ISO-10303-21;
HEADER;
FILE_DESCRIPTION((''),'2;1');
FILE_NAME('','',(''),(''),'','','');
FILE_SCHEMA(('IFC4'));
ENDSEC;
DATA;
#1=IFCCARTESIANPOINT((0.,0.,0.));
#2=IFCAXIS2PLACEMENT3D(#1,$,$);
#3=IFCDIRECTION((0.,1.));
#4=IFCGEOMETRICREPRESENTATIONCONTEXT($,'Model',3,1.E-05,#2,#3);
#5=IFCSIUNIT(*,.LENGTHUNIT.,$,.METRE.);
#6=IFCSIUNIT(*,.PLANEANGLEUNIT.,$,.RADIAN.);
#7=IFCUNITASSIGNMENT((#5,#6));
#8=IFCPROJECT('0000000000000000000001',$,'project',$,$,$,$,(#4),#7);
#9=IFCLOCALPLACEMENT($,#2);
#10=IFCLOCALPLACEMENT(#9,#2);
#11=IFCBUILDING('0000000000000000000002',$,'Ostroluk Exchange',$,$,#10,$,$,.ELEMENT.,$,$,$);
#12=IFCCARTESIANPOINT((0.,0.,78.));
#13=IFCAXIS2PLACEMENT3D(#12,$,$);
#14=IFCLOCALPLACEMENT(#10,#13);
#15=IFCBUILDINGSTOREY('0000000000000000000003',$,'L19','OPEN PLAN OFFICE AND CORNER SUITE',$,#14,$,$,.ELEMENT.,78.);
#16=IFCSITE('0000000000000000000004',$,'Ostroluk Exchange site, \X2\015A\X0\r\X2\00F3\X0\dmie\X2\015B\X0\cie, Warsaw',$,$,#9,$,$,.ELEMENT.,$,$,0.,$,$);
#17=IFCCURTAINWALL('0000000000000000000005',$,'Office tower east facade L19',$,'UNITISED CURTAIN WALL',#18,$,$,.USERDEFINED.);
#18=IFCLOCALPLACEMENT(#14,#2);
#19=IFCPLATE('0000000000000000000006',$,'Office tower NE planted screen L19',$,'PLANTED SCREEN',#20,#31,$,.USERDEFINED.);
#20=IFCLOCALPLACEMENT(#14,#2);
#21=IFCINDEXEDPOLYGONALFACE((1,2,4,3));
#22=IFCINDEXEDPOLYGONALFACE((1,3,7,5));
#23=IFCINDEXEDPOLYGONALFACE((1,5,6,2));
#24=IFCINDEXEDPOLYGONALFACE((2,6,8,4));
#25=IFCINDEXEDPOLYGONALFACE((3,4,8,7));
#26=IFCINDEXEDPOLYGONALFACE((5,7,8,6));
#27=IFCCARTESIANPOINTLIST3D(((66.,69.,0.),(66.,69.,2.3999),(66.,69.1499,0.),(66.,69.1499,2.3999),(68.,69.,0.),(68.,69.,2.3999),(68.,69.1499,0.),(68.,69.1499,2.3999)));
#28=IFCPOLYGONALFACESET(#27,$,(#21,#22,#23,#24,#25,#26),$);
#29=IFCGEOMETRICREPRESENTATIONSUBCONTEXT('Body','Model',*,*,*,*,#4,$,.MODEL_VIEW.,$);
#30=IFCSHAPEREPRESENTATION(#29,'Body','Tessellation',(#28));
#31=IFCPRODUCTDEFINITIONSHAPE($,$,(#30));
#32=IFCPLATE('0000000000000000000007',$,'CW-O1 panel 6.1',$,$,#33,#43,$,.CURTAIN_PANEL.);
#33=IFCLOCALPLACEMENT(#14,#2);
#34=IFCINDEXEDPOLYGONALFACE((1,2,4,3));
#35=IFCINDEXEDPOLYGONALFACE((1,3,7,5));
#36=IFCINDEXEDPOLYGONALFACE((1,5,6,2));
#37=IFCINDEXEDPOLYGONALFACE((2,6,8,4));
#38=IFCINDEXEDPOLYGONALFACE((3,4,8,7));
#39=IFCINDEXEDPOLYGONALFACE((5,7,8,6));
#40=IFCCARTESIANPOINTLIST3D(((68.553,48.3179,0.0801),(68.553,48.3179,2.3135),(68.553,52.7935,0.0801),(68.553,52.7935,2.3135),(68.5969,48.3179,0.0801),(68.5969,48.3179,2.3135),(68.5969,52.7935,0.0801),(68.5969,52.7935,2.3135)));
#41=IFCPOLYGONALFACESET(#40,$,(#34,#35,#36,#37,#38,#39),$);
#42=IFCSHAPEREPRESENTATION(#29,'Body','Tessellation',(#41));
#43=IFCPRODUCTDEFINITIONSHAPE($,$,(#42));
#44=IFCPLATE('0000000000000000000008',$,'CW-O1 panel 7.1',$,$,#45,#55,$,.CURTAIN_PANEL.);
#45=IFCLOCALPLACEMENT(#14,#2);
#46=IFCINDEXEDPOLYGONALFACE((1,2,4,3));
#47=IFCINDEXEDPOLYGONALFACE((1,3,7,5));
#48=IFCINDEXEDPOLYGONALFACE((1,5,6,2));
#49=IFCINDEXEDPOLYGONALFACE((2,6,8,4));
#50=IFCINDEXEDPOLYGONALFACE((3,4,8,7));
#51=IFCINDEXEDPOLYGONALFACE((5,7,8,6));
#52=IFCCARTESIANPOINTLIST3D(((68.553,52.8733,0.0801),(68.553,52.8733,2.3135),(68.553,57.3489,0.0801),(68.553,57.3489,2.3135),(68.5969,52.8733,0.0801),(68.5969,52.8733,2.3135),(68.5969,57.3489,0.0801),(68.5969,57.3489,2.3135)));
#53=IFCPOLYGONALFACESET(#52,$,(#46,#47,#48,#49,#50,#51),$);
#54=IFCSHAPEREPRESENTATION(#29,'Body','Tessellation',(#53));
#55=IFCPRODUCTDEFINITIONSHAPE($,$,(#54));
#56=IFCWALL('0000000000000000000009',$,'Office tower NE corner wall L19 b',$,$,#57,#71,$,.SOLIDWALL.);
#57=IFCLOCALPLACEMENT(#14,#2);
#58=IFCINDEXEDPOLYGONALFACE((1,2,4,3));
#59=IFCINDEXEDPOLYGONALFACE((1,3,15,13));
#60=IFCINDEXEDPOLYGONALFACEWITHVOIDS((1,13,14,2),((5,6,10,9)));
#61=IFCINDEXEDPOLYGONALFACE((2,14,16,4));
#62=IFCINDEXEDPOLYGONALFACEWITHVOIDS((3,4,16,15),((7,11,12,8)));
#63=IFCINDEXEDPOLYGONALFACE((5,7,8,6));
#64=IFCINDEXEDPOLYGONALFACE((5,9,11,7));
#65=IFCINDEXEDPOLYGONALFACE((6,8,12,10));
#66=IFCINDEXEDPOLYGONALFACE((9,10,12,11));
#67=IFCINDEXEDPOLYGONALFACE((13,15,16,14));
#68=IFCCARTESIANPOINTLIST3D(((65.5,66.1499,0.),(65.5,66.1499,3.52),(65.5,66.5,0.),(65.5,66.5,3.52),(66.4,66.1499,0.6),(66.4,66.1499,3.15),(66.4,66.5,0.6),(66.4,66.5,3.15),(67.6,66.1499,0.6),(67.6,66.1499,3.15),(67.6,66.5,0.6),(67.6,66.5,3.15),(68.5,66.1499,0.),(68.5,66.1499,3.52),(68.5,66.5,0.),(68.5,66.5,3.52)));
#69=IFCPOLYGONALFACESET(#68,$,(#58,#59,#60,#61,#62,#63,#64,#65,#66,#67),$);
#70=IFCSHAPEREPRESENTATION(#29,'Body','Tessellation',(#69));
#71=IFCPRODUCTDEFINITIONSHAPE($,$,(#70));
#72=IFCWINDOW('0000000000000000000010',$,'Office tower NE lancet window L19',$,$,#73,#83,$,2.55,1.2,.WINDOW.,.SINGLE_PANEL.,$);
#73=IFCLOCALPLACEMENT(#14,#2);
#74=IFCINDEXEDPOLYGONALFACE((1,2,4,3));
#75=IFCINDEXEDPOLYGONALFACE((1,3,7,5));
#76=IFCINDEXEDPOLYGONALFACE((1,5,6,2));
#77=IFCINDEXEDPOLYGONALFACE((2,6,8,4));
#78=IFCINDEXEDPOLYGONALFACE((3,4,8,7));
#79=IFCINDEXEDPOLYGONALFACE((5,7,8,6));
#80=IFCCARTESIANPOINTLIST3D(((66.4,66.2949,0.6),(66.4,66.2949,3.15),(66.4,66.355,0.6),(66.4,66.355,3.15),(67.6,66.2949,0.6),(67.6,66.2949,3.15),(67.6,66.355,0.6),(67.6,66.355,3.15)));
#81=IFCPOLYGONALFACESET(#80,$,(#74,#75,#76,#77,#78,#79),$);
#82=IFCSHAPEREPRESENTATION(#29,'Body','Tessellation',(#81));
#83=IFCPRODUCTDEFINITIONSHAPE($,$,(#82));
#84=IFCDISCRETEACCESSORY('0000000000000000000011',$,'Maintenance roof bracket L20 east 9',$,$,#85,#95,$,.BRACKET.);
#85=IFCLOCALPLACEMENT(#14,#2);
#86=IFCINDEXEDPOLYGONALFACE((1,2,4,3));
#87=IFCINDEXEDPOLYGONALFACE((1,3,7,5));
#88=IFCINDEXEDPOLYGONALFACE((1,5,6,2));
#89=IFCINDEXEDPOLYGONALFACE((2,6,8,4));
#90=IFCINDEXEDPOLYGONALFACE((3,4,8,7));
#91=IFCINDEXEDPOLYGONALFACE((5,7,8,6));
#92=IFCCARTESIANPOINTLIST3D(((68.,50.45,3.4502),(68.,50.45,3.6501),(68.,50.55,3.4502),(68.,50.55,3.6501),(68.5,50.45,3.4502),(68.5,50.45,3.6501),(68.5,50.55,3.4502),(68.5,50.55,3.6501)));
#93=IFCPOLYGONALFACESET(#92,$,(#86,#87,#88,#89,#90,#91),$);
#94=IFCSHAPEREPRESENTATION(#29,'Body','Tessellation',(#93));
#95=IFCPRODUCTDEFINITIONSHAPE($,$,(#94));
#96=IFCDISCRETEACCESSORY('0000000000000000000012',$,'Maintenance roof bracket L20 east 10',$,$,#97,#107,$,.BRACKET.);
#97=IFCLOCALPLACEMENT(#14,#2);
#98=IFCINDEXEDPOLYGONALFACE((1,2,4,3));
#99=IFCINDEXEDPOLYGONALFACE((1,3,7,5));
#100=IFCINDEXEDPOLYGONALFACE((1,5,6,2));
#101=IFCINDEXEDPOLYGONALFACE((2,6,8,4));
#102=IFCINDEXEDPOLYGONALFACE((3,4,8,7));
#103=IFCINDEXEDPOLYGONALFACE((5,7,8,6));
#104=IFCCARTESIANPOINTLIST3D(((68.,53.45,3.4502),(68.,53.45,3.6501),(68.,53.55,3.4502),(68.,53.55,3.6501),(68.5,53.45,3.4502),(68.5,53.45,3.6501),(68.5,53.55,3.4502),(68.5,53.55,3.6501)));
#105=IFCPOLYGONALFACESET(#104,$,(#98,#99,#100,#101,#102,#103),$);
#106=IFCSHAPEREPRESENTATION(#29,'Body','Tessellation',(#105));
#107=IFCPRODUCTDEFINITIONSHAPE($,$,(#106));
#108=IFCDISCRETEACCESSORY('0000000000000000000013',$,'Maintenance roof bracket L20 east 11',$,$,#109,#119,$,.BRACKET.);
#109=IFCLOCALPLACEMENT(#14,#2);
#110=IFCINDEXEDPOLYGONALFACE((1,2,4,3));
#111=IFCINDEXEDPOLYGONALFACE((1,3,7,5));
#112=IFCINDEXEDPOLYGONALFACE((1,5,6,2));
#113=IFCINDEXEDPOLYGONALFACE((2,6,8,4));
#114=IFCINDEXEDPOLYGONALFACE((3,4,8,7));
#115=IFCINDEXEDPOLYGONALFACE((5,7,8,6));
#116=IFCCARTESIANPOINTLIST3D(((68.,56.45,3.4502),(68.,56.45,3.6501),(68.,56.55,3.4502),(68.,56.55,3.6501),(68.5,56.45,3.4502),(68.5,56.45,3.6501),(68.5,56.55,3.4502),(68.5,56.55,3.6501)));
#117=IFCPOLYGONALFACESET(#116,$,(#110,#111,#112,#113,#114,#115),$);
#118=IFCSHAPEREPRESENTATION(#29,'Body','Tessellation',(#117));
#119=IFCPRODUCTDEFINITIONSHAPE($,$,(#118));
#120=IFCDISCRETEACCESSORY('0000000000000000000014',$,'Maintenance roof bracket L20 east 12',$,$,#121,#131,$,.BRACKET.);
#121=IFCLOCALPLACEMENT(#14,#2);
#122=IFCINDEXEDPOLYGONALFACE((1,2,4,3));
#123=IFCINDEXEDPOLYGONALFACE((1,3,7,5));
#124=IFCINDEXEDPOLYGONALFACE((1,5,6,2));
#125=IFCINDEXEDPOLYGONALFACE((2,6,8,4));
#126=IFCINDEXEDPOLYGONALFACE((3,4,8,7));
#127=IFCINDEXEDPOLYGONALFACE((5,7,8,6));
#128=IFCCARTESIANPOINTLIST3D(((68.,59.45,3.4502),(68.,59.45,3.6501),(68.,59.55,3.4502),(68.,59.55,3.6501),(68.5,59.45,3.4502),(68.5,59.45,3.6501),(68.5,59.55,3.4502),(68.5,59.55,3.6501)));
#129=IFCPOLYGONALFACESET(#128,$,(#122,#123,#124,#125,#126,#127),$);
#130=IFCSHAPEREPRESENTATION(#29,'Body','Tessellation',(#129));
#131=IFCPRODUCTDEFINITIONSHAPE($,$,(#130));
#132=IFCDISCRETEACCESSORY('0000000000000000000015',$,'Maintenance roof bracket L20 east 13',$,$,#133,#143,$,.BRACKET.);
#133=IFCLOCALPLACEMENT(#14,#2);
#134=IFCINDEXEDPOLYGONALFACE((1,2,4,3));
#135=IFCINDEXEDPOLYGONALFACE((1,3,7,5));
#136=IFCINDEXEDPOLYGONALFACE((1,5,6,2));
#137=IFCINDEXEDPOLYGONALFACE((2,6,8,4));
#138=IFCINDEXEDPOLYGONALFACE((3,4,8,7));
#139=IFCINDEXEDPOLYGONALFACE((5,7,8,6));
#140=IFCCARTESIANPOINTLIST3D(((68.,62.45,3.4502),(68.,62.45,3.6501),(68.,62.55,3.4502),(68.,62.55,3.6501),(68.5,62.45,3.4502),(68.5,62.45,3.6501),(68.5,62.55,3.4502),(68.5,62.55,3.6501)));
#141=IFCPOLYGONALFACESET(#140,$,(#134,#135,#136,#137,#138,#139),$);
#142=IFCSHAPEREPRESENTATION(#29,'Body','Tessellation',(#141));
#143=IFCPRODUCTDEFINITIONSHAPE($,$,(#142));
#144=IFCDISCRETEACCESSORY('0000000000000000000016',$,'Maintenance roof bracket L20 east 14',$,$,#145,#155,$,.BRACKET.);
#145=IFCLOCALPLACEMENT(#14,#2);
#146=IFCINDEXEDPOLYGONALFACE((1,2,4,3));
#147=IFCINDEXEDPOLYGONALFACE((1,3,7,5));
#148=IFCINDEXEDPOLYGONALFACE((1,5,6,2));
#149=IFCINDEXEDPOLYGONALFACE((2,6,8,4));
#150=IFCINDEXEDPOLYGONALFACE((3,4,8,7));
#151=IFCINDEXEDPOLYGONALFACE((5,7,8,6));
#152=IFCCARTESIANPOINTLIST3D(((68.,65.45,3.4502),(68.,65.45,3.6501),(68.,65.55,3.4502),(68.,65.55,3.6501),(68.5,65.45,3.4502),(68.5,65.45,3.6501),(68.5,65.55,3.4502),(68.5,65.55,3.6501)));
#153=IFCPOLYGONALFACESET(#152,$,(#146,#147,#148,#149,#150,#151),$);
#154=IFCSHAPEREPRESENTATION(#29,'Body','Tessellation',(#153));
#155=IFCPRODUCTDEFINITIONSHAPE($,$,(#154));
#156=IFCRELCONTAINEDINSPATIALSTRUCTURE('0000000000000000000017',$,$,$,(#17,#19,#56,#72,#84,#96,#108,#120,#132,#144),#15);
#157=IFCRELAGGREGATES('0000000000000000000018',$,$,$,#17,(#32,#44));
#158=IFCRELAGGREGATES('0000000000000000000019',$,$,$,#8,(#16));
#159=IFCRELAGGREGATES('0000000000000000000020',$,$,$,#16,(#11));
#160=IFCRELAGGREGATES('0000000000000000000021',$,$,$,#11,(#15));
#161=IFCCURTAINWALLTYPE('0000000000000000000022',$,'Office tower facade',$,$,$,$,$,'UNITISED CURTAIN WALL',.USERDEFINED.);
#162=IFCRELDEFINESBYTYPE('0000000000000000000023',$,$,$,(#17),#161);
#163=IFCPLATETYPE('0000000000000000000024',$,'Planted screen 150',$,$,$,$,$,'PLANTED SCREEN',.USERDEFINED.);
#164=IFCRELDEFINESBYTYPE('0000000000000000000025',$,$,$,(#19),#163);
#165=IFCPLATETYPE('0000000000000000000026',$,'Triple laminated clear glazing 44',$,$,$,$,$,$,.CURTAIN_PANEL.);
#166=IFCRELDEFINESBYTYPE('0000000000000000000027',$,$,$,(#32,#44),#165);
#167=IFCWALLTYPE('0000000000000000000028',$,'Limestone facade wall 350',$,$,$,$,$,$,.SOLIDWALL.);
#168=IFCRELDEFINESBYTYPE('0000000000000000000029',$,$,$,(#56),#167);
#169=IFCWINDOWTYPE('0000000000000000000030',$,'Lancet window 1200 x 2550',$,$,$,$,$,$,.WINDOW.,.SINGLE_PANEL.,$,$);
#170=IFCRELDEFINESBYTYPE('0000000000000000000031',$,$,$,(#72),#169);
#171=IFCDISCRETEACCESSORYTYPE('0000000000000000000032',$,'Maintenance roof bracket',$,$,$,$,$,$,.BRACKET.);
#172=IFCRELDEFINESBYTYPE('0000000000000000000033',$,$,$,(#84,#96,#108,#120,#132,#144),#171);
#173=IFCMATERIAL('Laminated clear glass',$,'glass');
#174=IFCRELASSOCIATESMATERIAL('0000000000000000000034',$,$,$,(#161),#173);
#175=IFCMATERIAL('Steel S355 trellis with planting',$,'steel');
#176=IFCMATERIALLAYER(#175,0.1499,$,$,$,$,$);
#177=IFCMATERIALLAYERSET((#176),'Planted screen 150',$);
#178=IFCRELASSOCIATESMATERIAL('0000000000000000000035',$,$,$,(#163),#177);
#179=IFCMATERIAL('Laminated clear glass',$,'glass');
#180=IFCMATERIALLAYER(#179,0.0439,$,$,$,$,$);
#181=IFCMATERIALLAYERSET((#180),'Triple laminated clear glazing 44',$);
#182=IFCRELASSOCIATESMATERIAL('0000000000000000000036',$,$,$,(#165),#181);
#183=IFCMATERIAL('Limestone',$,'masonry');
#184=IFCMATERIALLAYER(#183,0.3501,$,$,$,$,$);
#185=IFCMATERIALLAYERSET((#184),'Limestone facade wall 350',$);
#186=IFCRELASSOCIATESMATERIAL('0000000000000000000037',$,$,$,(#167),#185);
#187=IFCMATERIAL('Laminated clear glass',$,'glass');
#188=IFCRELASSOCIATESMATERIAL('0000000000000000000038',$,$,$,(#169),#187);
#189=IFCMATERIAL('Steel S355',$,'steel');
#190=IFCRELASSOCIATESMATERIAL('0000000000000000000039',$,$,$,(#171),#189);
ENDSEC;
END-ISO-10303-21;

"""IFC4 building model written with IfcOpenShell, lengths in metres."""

from ifc_helpers import new_model, si_unit, direction, frame, frame_2d, origin, origin_2d, place, context, subcontext, project, spatial, rectangle, extrude, material, layer, layer_set, type_object, element, fill, aggregate, save


model = new_model("IFC4")

# Units and contexts
model_context = context("Model", 3, precision=1e-05, world=origin(), true_north=direction((0.0, 1.0)))
body_context = subcontext(model_context, "Body", "Model", "MODEL_VIEW")
ifc_project = project(units=[si_unit("LENGTHUNIT", "METRE"), si_unit("PLANEANGLEUNIT", "RADIAN")], contexts=[model_context])

# Site, building, storey
site_placement = place(None, origin())
site = spatial("IfcSite", under=ifc_project, at=site_placement, Name="Ostroluk Exchange site, Śródmieście, Warsaw", CompositionType="ELEMENT", RefElevation=0.0)
building_placement = place(site_placement, origin())
building = spatial("IfcBuilding", under=site, at=building_placement, Name="Ostroluk Exchange", CompositionType="ELEMENT")
storey_placement = place(building_placement, frame((0.0, 0.0, 78.0)))
storey = spatial("IfcBuildingStorey", under=building, at=storey_placement, Name="L19", Description="OPEN PLAN OFFICE AND CORNER SUITE", CompositionType="ELEMENT", Elevation=78.0)

# Curtain wall
ifc_material_1 = material(Name="Laminated clear glass", Category="glass")
curtain_wall_type = type_object("IfcCurtainWallType", Name="Office tower facade", ElementType="UNITISED CURTAIN WALL", PredefinedType="USERDEFINED", material=ifc_material_1)
curtain_wall_1_placement = place(storey_placement, origin())
curtain_wall_1 = element("IfcCurtainWall", 1, at=curtain_wall_1_placement, inside=storey, type_object=curtain_wall_type, Name="Office tower east facade L19", ObjectType="UNITISED CURTAIN WALL", PredefinedType="USERDEFINED")

# Plates
ifc_material_2 = material(Name="Steel S355 trellis with planting", Category="steel")
ifc_layer_1 = layer(ifc_material_2, 0.1499)
ifc_layer_set_1 = layer_set([ifc_layer_1], Name="Planted screen 150")
plate_type_1 = type_object("IfcPlateType", Name="Planted screen 150", ElementType="PLANTED SCREEN", PredefinedType="USERDEFINED", material=ifc_layer_set_1)
plate_1_placement = place(storey_placement, frame((67.0, 69.075, 0.0), z_axis=(0.0, 0.0, 1.0), x_axis=(1.0, 0.0, 0.0)))
element("IfcPlate", 2, at=plate_1_placement, inside=storey, type_object=plate_type_1, Name="Office tower NE planted screen L19", ObjectType="PLANTED SCREEN", PredefinedType="USERDEFINED", context=body_context, shape_type="SweptSolid", body=[
    extrude(rectangle(XDim=2.0, YDim=0.1499, at=origin_2d()), origin(), (0.0, 0.0, 1.0), 2.3999),
])
ifc_material_3 = material(Name="Laminated clear glass", Category="glass")
ifc_layer_2 = layer(ifc_material_3, 0.0439)
ifc_layer_set_2 = layer_set([ifc_layer_2], Name="Triple laminated clear glazing 44")
plate_type_2 = type_object("IfcPlateType", Name="Triple laminated clear glazing 44", PredefinedType="CURTAIN_PANEL", material=ifc_layer_set_2)
plate_2_placement = place(storey_placement, frame((68.575, 50.5557, 0.0801), z_axis=(0.0, 0.0, 1.0), x_axis=(0.0, 1.0, 0.0)))
plate_2 = element("IfcPlate", 3, at=plate_2_placement, type_object=plate_type_2, Name="CW-O1 panel 6.1", PredefinedType="CURTAIN_PANEL", context=body_context, shape_type="SweptSolid", body=[
    extrude(rectangle(XDim=4.4756, YDim=0.0439, at=origin_2d()), origin(), (0.0, 0.0, 1.0), 2.2334),
])
plate_3_placement = place(storey_placement, frame((68.575, 55.1111, 0.0801), z_axis=(0.0, 0.0, 1.0), x_axis=(0.0, 1.0, 0.0)))
plate_3 = element("IfcPlate", 4, at=plate_3_placement, type_object=plate_type_2, Name="CW-O1 panel 7.1", PredefinedType="CURTAIN_PANEL", context=body_context, shape_type="SweptSolid", body=[
    extrude(rectangle(XDim=4.4756, YDim=0.0439, at=origin_2d()), origin(), (0.0, 0.0, 1.0), 2.2334),
])
aggregate(curtain_wall_1, [plate_2, plate_3])

# Wall, opening, window
ifc_material_4 = material(Name="Limestone", Category="masonry")
ifc_layer_3 = layer(ifc_material_4, 0.3501)
ifc_layer_set_3 = layer_set([ifc_layer_3], Name="Limestone facade wall 350")
wall_type = type_object("IfcWallType", Name="Limestone facade wall 350", PredefinedType="SOLIDWALL", material=ifc_layer_set_3)
wall_placement = place(storey_placement, frame((65.5, 66.325, 0.0), z_axis=(0.0, 0.0, 1.0), x_axis=(1.0, 0.0, 0.0)))
wall = element("IfcWall", 5, at=wall_placement, inside=storey, type_object=wall_type, Name="Office tower NE corner wall L19 b", PredefinedType="SOLIDWALL", context=body_context, shape_type="SweptSolid", body=[
    extrude(rectangle(XDim=3.0, YDim=0.3501, at=frame_2d((1.5, 0.0))), origin(), (0.0, 0.0, 1.0), 3.52),
])
opening_placement = place(wall_placement, frame((0.8999, 0.0, 0.6001)))
opening = element("IfcOpeningElement", 6, at=opening_placement, cuts=wall, PredefinedType="OPENING", context=body_context, shape_type="SweptSolid", body=[
    extrude(rectangle(XDim=1.2, YDim=2.55, at=frame_2d((0.6001, 1.2749))), frame((0.0, 0.1851, 0.0), z_axis=(0.0, -1.0, 0.0), x_axis=(1.0, 0.0, 0.0)), (0.0, 0.0, 1.0), 0.3701),
])
ifc_material_5 = material(Name="Laminated clear glass", Category="glass")
window_type = type_object("IfcWindowType", Name="Lancet window 1200 x 2550", PartitioningType="SINGLE_PANEL", PredefinedType="WINDOW", material=ifc_material_5)
window_placement = place(opening_placement, origin())
window = element("IfcWindow", 7, at=window_placement, inside=storey, type_object=window_type, Name="Office tower NE lancet window L19", OverallHeight=2.55, OverallWidth=1.2, PartitioningType="SINGLE_PANEL", PredefinedType="WINDOW", context=body_context, shape_type="SweptSolid", body=[
    extrude(rectangle(XDim=1.2, YDim=2.55, at=frame_2d((0.6001, 1.2749))), frame((0.0, 0.03, 0.0), z_axis=(0.0, -1.0, 0.0), x_axis=(1.0, 0.0, 0.0)), (0.0, 0.0, 1.0), 0.0601),
])
fill(opening, window)

# Discrete accessories
ifc_material_6 = material(Name="Steel S355", Category="steel")
discrete_accessory_type = type_object("IfcDiscreteAccessoryType", Name="Maintenance roof bracket", PredefinedType="BRACKET", material=ifc_material_6)
for number, where, z_axis, x_axis, name in (
    (8, (68.25, 50.5, 3.4502), (0.0, 0.0, 1.0), (1.0, 0.0, 0.0), "Maintenance roof bracket L20 east 9"),
    (9, (68.25, 53.5, 3.4502), (0.0, 0.0, 1.0), (1.0, 0.0, 0.0), "Maintenance roof bracket L20 east 10"),
    (10, (68.25, 56.5, 3.4502), (0.0, 0.0, 1.0), (1.0, 0.0, 0.0), "Maintenance roof bracket L20 east 11"),
    (11, (68.25, 59.5, 3.4502), (0.0, 0.0, 1.0), (1.0, 0.0, 0.0), "Maintenance roof bracket L20 east 12"),
    (12, (68.25, 62.5, 3.4502), (0.0, 0.0, 1.0), (1.0, 0.0, 0.0), "Maintenance roof bracket L20 east 13"),
    (13, (68.25, 65.5, 3.4502), (0.0, 0.0, 1.0), (1.0, 0.0, 0.0), "Maintenance roof bracket L20 east 14"),
):
    element("IfcDiscreteAccessory", number, at=place(storey_placement, frame(where, z_axis=z_axis, x_axis=x_axis)), inside=storey, type_object=discrete_accessory_type, Name=name, PredefinedType="BRACKET", context=body_context, shape_type="SweptSolid", body=[
        extrude(rectangle(XDim=0.5, YDim=0.1001, at=origin_2d()), origin(), (0.0, 0.0, 1.0), 0.2),
    ])

save(model, "model.ifc")
